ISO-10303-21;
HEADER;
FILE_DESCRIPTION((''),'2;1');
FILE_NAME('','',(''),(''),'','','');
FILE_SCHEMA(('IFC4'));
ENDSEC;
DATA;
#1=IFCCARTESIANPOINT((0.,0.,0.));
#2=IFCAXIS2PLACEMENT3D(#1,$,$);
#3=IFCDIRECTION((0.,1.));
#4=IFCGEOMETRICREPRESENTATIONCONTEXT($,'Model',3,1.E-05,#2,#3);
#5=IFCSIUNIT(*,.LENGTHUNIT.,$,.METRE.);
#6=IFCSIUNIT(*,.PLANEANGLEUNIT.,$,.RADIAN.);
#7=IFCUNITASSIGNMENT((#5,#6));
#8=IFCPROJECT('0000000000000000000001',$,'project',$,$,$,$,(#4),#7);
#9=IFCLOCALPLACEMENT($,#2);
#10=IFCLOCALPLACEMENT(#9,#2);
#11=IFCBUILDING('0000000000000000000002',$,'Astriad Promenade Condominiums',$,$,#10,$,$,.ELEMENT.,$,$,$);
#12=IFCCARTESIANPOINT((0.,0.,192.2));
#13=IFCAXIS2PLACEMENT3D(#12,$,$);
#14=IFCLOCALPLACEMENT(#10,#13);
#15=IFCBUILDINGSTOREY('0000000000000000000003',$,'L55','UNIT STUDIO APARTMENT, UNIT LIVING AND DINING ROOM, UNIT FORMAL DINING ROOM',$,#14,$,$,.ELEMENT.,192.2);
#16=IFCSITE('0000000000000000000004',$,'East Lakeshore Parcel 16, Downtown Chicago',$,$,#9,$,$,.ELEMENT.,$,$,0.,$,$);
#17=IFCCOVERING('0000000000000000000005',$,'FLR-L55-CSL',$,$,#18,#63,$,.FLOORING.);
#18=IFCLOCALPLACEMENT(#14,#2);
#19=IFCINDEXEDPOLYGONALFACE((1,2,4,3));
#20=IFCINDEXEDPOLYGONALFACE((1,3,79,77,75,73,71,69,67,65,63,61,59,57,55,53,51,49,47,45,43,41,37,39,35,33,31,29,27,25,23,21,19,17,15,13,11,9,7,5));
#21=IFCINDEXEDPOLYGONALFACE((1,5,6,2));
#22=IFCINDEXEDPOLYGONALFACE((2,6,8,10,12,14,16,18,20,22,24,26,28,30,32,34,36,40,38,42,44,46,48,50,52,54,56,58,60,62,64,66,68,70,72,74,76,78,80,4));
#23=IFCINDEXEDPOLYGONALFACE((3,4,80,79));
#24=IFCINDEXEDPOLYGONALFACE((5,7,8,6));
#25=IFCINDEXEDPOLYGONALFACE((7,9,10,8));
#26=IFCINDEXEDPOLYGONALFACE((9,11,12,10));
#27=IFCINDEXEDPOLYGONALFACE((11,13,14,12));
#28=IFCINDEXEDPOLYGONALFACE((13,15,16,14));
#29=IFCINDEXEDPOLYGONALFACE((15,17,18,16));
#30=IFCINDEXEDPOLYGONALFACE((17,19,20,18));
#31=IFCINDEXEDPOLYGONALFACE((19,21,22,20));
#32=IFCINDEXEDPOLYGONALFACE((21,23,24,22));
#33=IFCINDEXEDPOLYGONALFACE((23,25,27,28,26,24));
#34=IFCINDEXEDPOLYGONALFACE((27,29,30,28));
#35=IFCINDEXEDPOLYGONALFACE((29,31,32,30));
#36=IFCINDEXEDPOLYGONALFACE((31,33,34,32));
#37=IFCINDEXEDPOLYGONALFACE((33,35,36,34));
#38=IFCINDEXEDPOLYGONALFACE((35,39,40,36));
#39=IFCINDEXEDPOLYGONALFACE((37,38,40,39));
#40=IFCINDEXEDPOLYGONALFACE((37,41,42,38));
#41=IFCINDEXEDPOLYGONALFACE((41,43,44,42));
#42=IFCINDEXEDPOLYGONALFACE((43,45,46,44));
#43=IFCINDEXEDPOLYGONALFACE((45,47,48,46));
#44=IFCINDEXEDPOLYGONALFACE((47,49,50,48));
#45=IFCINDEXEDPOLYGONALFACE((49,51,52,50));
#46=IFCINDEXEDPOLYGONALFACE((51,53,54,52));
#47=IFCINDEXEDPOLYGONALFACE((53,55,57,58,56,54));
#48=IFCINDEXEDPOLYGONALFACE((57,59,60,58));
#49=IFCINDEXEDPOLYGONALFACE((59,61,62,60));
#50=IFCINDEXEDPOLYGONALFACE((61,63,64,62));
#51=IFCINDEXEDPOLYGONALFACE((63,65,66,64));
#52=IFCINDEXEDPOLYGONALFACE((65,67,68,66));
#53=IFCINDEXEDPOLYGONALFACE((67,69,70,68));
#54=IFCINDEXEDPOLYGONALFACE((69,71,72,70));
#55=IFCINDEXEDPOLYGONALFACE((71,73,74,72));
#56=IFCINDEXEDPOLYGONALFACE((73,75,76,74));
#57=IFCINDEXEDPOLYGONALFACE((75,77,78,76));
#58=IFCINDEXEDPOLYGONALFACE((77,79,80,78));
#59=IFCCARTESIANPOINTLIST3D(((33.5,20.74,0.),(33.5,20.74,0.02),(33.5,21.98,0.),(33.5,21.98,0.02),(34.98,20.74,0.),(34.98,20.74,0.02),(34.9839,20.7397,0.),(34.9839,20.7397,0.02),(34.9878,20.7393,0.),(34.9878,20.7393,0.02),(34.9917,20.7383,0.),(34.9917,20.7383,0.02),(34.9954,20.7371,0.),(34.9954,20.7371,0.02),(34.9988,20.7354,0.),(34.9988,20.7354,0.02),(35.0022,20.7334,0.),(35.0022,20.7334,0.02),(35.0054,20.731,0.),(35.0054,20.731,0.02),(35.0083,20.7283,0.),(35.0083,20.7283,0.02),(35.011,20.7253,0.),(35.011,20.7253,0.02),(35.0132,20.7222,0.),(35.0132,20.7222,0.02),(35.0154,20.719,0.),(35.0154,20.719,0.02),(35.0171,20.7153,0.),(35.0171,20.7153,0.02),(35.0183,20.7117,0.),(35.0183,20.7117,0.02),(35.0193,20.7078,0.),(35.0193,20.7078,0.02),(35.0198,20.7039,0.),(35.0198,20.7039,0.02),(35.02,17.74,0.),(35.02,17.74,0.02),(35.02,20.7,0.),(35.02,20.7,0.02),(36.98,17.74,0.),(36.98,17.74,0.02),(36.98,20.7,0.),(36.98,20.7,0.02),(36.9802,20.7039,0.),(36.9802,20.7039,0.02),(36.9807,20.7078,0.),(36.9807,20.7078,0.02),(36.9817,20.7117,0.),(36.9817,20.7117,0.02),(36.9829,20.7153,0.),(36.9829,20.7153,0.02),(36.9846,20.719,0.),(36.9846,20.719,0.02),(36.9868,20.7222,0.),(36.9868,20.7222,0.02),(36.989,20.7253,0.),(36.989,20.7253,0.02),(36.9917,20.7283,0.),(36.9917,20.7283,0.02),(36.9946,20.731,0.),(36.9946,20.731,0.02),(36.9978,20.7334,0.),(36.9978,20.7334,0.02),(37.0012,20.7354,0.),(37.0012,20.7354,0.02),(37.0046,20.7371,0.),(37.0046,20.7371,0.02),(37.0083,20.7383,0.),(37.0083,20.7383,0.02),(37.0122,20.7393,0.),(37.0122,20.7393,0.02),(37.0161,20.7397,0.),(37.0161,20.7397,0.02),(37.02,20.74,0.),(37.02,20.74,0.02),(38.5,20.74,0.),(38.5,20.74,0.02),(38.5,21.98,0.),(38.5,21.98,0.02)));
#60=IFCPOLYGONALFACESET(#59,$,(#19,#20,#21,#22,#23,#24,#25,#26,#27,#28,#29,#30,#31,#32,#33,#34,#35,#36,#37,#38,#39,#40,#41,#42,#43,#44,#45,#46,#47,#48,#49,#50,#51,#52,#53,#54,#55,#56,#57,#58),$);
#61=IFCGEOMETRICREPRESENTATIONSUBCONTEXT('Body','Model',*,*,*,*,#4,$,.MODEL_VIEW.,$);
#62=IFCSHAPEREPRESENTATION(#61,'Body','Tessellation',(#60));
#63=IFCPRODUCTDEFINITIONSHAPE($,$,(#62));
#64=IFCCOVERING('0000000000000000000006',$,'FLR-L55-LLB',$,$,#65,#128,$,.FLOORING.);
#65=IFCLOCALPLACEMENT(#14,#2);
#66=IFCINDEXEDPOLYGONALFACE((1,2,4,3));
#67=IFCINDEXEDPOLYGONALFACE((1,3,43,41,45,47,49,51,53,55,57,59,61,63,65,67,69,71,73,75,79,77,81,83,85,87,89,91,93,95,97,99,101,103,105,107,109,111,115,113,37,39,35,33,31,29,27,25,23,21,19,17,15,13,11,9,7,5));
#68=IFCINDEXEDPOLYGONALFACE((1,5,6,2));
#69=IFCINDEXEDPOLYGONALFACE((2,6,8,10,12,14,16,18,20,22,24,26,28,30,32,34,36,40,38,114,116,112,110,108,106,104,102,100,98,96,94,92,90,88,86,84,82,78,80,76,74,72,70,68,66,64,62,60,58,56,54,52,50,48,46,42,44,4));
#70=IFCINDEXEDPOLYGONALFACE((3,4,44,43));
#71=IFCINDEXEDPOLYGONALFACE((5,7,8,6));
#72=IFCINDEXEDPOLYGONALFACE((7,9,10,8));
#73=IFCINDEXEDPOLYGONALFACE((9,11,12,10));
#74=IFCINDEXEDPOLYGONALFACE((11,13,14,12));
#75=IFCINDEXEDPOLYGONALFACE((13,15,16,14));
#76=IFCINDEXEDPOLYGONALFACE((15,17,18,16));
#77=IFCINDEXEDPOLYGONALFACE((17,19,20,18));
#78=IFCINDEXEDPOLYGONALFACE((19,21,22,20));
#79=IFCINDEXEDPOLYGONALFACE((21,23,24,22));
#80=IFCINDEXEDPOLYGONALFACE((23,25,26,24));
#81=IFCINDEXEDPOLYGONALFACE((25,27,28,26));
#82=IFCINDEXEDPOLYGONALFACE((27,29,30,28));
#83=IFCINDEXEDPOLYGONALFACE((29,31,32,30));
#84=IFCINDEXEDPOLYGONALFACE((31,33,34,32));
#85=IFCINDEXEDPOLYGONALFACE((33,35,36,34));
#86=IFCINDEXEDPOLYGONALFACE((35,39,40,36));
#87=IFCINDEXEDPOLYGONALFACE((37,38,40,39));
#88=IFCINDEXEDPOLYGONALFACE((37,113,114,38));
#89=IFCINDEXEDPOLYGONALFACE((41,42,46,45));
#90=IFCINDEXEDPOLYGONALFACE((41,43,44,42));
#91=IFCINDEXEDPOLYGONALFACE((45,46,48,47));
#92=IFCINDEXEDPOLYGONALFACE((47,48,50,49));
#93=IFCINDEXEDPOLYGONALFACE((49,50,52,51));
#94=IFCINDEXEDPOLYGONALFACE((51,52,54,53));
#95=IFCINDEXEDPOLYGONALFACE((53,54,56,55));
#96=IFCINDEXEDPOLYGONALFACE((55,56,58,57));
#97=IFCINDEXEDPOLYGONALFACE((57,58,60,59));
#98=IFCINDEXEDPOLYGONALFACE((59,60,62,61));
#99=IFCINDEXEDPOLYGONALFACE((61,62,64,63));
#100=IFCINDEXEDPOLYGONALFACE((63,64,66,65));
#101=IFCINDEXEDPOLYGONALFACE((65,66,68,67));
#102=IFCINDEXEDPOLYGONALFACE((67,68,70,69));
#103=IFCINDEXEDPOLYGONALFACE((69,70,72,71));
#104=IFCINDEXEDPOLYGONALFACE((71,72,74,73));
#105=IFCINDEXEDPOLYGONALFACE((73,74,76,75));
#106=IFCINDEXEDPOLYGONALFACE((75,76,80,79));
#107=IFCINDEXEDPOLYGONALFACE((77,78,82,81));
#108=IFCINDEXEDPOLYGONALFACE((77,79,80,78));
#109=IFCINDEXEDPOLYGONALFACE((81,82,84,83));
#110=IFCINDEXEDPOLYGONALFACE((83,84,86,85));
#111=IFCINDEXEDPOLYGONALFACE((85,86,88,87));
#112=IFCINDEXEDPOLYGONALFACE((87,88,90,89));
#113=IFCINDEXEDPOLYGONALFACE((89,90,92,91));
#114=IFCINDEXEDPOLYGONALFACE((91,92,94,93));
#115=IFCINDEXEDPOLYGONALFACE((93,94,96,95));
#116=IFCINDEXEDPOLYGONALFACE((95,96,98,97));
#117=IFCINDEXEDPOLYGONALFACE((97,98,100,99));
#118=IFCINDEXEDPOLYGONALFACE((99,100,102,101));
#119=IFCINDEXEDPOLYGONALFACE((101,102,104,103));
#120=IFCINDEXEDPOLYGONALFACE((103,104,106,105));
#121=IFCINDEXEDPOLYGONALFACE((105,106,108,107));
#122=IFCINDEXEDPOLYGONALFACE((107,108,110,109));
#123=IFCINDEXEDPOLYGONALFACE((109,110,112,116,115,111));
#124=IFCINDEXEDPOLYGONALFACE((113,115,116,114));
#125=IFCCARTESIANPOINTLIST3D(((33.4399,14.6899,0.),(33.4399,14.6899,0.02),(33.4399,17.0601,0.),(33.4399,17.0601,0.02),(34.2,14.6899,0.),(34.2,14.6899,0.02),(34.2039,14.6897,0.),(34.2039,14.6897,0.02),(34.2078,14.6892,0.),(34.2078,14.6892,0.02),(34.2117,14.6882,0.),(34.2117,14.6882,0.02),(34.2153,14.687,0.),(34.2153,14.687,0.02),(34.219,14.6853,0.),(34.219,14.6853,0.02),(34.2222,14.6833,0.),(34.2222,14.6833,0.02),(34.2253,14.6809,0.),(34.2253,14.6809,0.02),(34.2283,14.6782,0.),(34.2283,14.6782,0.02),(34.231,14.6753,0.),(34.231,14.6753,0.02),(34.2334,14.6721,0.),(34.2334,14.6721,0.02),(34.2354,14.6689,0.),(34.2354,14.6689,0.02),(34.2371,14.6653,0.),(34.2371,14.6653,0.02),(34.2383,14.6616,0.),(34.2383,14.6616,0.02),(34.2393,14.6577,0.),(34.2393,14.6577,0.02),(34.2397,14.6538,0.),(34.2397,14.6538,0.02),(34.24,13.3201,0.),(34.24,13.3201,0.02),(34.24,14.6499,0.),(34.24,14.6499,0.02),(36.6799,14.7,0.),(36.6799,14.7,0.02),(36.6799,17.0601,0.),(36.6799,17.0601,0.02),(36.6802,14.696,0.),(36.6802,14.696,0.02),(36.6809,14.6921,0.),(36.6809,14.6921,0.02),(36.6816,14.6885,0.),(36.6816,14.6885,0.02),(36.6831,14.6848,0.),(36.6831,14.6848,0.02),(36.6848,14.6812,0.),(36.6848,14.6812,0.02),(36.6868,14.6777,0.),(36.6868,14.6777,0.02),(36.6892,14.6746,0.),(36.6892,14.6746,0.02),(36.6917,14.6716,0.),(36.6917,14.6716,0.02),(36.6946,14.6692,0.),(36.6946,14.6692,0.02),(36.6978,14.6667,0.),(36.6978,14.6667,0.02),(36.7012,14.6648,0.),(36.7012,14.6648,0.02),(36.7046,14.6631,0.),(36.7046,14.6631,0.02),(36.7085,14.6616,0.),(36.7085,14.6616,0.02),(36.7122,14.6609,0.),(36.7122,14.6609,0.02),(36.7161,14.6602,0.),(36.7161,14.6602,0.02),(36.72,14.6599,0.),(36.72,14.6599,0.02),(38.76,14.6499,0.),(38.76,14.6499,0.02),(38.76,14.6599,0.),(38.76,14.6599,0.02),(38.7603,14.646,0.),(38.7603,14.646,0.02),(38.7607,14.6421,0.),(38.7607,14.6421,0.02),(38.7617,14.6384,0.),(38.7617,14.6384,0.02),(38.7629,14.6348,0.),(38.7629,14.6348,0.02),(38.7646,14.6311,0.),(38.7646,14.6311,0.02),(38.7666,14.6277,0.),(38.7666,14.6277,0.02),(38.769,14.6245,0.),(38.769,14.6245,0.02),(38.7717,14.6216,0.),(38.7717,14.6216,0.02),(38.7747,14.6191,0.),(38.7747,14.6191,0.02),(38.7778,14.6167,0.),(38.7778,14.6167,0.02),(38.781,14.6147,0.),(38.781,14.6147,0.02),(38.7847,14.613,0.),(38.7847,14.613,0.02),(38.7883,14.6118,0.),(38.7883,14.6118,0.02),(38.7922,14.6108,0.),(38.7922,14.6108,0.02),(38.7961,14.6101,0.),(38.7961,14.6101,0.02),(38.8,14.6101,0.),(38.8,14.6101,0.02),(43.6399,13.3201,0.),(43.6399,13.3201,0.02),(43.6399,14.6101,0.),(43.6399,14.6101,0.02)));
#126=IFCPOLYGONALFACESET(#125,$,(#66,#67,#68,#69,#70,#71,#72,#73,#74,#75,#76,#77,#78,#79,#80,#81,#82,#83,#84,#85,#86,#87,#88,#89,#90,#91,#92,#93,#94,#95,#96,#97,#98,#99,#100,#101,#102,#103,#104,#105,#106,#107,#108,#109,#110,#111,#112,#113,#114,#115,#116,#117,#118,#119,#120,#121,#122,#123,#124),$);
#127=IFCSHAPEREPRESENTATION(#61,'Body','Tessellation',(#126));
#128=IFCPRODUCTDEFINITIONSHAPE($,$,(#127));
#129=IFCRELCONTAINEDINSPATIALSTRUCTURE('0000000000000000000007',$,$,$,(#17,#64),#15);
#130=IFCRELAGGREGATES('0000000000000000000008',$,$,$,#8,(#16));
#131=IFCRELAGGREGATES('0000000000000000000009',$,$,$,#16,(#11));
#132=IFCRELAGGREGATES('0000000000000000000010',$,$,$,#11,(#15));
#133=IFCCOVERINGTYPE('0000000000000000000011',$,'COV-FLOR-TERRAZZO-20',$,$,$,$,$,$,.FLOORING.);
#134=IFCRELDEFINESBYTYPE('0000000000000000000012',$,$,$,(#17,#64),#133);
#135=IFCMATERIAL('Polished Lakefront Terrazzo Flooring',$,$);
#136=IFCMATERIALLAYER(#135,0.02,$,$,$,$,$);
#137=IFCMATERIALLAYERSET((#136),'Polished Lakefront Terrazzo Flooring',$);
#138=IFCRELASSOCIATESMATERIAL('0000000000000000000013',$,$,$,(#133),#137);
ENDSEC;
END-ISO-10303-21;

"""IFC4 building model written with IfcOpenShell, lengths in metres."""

from ifc_helpers import new_model, si_unit, direction, frame, origin, place, context, subcontext, project, spatial, polyline, outline, extrude, material, layer, layer_set, type_object, element, save


model = new_model("IFC4")

# Units and contexts
model_context = context("Model", 3, precision=1e-05, world=origin(), true_north=direction((0.0, 1.0)))
body_context = subcontext(model_context, "Body", "Model", "MODEL_VIEW")
ifc_project = project(units=[si_unit("LENGTHUNIT", "METRE"), si_unit("PLANEANGLEUNIT", "RADIAN")], contexts=[model_context])

# Site, building, storey
site_placement = place(None, origin())
site = spatial("IfcSite", under=ifc_project, at=site_placement, Name="East Lakeshore Parcel 16, Downtown Chicago", CompositionType="ELEMENT", RefElevation=0.0)
building_placement = place(site_placement, origin())
building = spatial("IfcBuilding", under=site, at=building_placement, Name="Astriad Promenade Condominiums", CompositionType="ELEMENT")
storey_placement = place(building_placement, frame((0.0, 0.0, 192.2)))
storey = spatial("IfcBuildingStorey", under=building, at=storey_placement, Name="L55", Description="UNIT STUDIO APARTMENT, UNIT LIVING AND DINING ROOM, UNIT FORMAL DINING ROOM", CompositionType="ELEMENT", Elevation=192.2)

# Coverings
ifc_material_1 = material(Name="Polished Lakefront Terrazzo Flooring")
ifc_layer_1 = layer(ifc_material_1, 0.02)
ifc_layer_set_1 = layer_set([ifc_layer_1], Name="Polished Lakefront Terrazzo Flooring")
covering_type = type_object("IfcCoveringType", Name="COV-FLOR-TERRAZZO-20", PredefinedType="FLOORING", material=ifc_layer_set_1)
covering_1_placement = place(storey_placement, origin())
element("IfcCovering", 1, at=covering_1_placement, inside=storey, type_object=covering_type, Name="FLR-L55-CSL", PredefinedType="FLOORING", context=body_context, shape_type="SweptSolid", body=[
    extrude(outline(polyline([(36.98, 20.7), (36.98, 17.74), (35.02, 17.74), (35.02, 20.7), (35.0198, 20.7039), (35.0193, 20.7078), (35.0183, 20.7117), (35.0171, 20.7153), (35.0154, 20.719), (35.0132, 20.7222), (35.011, 20.7253), (35.0083, 20.7283), (35.0054, 20.731), (35.0022, 20.7334), (34.9988, 20.7354), (34.9954, 20.7371), (34.9917, 20.7383), (34.9878, 20.7393), (34.9839, 20.7397), (34.98, 20.74), (33.5, 20.74), (33.5, 21.98), (38.5, 21.98), (38.5, 20.74), (37.02, 20.74), (37.0161, 20.7397), (37.0122, 20.7393), (37.0083, 20.7383), (37.0046, 20.7371), (37.0012, 20.7354), (36.9978, 20.7334), (36.9946, 20.731), (36.9917, 20.7283), (36.989, 20.7253), (36.9868, 20.7222), (36.9846, 20.719), (36.9829, 20.7153), (36.9817, 20.7117), (36.9807, 20.7078), (36.9802, 20.7039), (36.98, 20.7)])), origin(), (0.0, 0.0, 1.0), 0.02),
])
covering_2_placement = place(storey_placement, origin())
element("IfcCovering", 2, at=covering_2_placement, inside=storey, type_object=covering_type, Name="FLR-L55-LLB", PredefinedType="FLOORING", context=body_context, shape_type="SweptSolid", body=[
    extrude(outline(polyline([(43.6399, 14.6101), (43.6399, 13.3201), (34.24, 13.3201), (34.24, 14.6499), (34.2397, 14.6538), (34.2393, 14.6577), (34.2383, 14.6616), (34.2371, 14.6653), (34.2354, 14.6689), (34.2334, 14.6721), (34.231, 14.6753), (34.2283, 14.6782), (34.2253, 14.6809), (34.2222, 14.6833), (34.219, 14.6853), (34.2153, 14.687), (34.2117, 14.6882), (34.2078, 14.6892), (34.2039, 14.6897), (34.2, 14.6899), (33.4399, 14.6899), (33.4399, 17.0601), (36.6799, 17.0601), (36.6799, 14.7), (36.6802, 14.696), (36.6809, 14.6921), (36.6816, 14.6885), (36.6831, 14.6848), (36.6848, 14.6812), (36.6868, 14.6777), (36.6892, 14.6746), (36.6917, 14.6716), (36.6946, 14.6692), (36.6978, 14.6667), (36.7012, 14.6648), (36.7046, 14.6631), (36.7085, 14.6616), (36.7122, 14.6609), (36.7161, 14.6602), (36.72, 14.6599), (38.76, 14.6599), (38.76, 14.6499), (38.7603, 14.646), (38.7607, 14.6421), (38.7617, 14.6384), (38.7629, 14.6348), (38.7646, 14.6311), (38.7666, 14.6277), (38.769, 14.6245), (38.7717, 14.6216), (38.7747, 14.6191), (38.7778, 14.6167), (38.781, 14.6147), (38.7847, 14.613), (38.7883, 14.6118), (38.7922, 14.6108), (38.7961, 14.6101), (38.8, 14.6101), (43.6399, 14.6101)])), origin(), (0.0, 0.0, 1.0), 0.02),
])

save(model, "model.ifc")
